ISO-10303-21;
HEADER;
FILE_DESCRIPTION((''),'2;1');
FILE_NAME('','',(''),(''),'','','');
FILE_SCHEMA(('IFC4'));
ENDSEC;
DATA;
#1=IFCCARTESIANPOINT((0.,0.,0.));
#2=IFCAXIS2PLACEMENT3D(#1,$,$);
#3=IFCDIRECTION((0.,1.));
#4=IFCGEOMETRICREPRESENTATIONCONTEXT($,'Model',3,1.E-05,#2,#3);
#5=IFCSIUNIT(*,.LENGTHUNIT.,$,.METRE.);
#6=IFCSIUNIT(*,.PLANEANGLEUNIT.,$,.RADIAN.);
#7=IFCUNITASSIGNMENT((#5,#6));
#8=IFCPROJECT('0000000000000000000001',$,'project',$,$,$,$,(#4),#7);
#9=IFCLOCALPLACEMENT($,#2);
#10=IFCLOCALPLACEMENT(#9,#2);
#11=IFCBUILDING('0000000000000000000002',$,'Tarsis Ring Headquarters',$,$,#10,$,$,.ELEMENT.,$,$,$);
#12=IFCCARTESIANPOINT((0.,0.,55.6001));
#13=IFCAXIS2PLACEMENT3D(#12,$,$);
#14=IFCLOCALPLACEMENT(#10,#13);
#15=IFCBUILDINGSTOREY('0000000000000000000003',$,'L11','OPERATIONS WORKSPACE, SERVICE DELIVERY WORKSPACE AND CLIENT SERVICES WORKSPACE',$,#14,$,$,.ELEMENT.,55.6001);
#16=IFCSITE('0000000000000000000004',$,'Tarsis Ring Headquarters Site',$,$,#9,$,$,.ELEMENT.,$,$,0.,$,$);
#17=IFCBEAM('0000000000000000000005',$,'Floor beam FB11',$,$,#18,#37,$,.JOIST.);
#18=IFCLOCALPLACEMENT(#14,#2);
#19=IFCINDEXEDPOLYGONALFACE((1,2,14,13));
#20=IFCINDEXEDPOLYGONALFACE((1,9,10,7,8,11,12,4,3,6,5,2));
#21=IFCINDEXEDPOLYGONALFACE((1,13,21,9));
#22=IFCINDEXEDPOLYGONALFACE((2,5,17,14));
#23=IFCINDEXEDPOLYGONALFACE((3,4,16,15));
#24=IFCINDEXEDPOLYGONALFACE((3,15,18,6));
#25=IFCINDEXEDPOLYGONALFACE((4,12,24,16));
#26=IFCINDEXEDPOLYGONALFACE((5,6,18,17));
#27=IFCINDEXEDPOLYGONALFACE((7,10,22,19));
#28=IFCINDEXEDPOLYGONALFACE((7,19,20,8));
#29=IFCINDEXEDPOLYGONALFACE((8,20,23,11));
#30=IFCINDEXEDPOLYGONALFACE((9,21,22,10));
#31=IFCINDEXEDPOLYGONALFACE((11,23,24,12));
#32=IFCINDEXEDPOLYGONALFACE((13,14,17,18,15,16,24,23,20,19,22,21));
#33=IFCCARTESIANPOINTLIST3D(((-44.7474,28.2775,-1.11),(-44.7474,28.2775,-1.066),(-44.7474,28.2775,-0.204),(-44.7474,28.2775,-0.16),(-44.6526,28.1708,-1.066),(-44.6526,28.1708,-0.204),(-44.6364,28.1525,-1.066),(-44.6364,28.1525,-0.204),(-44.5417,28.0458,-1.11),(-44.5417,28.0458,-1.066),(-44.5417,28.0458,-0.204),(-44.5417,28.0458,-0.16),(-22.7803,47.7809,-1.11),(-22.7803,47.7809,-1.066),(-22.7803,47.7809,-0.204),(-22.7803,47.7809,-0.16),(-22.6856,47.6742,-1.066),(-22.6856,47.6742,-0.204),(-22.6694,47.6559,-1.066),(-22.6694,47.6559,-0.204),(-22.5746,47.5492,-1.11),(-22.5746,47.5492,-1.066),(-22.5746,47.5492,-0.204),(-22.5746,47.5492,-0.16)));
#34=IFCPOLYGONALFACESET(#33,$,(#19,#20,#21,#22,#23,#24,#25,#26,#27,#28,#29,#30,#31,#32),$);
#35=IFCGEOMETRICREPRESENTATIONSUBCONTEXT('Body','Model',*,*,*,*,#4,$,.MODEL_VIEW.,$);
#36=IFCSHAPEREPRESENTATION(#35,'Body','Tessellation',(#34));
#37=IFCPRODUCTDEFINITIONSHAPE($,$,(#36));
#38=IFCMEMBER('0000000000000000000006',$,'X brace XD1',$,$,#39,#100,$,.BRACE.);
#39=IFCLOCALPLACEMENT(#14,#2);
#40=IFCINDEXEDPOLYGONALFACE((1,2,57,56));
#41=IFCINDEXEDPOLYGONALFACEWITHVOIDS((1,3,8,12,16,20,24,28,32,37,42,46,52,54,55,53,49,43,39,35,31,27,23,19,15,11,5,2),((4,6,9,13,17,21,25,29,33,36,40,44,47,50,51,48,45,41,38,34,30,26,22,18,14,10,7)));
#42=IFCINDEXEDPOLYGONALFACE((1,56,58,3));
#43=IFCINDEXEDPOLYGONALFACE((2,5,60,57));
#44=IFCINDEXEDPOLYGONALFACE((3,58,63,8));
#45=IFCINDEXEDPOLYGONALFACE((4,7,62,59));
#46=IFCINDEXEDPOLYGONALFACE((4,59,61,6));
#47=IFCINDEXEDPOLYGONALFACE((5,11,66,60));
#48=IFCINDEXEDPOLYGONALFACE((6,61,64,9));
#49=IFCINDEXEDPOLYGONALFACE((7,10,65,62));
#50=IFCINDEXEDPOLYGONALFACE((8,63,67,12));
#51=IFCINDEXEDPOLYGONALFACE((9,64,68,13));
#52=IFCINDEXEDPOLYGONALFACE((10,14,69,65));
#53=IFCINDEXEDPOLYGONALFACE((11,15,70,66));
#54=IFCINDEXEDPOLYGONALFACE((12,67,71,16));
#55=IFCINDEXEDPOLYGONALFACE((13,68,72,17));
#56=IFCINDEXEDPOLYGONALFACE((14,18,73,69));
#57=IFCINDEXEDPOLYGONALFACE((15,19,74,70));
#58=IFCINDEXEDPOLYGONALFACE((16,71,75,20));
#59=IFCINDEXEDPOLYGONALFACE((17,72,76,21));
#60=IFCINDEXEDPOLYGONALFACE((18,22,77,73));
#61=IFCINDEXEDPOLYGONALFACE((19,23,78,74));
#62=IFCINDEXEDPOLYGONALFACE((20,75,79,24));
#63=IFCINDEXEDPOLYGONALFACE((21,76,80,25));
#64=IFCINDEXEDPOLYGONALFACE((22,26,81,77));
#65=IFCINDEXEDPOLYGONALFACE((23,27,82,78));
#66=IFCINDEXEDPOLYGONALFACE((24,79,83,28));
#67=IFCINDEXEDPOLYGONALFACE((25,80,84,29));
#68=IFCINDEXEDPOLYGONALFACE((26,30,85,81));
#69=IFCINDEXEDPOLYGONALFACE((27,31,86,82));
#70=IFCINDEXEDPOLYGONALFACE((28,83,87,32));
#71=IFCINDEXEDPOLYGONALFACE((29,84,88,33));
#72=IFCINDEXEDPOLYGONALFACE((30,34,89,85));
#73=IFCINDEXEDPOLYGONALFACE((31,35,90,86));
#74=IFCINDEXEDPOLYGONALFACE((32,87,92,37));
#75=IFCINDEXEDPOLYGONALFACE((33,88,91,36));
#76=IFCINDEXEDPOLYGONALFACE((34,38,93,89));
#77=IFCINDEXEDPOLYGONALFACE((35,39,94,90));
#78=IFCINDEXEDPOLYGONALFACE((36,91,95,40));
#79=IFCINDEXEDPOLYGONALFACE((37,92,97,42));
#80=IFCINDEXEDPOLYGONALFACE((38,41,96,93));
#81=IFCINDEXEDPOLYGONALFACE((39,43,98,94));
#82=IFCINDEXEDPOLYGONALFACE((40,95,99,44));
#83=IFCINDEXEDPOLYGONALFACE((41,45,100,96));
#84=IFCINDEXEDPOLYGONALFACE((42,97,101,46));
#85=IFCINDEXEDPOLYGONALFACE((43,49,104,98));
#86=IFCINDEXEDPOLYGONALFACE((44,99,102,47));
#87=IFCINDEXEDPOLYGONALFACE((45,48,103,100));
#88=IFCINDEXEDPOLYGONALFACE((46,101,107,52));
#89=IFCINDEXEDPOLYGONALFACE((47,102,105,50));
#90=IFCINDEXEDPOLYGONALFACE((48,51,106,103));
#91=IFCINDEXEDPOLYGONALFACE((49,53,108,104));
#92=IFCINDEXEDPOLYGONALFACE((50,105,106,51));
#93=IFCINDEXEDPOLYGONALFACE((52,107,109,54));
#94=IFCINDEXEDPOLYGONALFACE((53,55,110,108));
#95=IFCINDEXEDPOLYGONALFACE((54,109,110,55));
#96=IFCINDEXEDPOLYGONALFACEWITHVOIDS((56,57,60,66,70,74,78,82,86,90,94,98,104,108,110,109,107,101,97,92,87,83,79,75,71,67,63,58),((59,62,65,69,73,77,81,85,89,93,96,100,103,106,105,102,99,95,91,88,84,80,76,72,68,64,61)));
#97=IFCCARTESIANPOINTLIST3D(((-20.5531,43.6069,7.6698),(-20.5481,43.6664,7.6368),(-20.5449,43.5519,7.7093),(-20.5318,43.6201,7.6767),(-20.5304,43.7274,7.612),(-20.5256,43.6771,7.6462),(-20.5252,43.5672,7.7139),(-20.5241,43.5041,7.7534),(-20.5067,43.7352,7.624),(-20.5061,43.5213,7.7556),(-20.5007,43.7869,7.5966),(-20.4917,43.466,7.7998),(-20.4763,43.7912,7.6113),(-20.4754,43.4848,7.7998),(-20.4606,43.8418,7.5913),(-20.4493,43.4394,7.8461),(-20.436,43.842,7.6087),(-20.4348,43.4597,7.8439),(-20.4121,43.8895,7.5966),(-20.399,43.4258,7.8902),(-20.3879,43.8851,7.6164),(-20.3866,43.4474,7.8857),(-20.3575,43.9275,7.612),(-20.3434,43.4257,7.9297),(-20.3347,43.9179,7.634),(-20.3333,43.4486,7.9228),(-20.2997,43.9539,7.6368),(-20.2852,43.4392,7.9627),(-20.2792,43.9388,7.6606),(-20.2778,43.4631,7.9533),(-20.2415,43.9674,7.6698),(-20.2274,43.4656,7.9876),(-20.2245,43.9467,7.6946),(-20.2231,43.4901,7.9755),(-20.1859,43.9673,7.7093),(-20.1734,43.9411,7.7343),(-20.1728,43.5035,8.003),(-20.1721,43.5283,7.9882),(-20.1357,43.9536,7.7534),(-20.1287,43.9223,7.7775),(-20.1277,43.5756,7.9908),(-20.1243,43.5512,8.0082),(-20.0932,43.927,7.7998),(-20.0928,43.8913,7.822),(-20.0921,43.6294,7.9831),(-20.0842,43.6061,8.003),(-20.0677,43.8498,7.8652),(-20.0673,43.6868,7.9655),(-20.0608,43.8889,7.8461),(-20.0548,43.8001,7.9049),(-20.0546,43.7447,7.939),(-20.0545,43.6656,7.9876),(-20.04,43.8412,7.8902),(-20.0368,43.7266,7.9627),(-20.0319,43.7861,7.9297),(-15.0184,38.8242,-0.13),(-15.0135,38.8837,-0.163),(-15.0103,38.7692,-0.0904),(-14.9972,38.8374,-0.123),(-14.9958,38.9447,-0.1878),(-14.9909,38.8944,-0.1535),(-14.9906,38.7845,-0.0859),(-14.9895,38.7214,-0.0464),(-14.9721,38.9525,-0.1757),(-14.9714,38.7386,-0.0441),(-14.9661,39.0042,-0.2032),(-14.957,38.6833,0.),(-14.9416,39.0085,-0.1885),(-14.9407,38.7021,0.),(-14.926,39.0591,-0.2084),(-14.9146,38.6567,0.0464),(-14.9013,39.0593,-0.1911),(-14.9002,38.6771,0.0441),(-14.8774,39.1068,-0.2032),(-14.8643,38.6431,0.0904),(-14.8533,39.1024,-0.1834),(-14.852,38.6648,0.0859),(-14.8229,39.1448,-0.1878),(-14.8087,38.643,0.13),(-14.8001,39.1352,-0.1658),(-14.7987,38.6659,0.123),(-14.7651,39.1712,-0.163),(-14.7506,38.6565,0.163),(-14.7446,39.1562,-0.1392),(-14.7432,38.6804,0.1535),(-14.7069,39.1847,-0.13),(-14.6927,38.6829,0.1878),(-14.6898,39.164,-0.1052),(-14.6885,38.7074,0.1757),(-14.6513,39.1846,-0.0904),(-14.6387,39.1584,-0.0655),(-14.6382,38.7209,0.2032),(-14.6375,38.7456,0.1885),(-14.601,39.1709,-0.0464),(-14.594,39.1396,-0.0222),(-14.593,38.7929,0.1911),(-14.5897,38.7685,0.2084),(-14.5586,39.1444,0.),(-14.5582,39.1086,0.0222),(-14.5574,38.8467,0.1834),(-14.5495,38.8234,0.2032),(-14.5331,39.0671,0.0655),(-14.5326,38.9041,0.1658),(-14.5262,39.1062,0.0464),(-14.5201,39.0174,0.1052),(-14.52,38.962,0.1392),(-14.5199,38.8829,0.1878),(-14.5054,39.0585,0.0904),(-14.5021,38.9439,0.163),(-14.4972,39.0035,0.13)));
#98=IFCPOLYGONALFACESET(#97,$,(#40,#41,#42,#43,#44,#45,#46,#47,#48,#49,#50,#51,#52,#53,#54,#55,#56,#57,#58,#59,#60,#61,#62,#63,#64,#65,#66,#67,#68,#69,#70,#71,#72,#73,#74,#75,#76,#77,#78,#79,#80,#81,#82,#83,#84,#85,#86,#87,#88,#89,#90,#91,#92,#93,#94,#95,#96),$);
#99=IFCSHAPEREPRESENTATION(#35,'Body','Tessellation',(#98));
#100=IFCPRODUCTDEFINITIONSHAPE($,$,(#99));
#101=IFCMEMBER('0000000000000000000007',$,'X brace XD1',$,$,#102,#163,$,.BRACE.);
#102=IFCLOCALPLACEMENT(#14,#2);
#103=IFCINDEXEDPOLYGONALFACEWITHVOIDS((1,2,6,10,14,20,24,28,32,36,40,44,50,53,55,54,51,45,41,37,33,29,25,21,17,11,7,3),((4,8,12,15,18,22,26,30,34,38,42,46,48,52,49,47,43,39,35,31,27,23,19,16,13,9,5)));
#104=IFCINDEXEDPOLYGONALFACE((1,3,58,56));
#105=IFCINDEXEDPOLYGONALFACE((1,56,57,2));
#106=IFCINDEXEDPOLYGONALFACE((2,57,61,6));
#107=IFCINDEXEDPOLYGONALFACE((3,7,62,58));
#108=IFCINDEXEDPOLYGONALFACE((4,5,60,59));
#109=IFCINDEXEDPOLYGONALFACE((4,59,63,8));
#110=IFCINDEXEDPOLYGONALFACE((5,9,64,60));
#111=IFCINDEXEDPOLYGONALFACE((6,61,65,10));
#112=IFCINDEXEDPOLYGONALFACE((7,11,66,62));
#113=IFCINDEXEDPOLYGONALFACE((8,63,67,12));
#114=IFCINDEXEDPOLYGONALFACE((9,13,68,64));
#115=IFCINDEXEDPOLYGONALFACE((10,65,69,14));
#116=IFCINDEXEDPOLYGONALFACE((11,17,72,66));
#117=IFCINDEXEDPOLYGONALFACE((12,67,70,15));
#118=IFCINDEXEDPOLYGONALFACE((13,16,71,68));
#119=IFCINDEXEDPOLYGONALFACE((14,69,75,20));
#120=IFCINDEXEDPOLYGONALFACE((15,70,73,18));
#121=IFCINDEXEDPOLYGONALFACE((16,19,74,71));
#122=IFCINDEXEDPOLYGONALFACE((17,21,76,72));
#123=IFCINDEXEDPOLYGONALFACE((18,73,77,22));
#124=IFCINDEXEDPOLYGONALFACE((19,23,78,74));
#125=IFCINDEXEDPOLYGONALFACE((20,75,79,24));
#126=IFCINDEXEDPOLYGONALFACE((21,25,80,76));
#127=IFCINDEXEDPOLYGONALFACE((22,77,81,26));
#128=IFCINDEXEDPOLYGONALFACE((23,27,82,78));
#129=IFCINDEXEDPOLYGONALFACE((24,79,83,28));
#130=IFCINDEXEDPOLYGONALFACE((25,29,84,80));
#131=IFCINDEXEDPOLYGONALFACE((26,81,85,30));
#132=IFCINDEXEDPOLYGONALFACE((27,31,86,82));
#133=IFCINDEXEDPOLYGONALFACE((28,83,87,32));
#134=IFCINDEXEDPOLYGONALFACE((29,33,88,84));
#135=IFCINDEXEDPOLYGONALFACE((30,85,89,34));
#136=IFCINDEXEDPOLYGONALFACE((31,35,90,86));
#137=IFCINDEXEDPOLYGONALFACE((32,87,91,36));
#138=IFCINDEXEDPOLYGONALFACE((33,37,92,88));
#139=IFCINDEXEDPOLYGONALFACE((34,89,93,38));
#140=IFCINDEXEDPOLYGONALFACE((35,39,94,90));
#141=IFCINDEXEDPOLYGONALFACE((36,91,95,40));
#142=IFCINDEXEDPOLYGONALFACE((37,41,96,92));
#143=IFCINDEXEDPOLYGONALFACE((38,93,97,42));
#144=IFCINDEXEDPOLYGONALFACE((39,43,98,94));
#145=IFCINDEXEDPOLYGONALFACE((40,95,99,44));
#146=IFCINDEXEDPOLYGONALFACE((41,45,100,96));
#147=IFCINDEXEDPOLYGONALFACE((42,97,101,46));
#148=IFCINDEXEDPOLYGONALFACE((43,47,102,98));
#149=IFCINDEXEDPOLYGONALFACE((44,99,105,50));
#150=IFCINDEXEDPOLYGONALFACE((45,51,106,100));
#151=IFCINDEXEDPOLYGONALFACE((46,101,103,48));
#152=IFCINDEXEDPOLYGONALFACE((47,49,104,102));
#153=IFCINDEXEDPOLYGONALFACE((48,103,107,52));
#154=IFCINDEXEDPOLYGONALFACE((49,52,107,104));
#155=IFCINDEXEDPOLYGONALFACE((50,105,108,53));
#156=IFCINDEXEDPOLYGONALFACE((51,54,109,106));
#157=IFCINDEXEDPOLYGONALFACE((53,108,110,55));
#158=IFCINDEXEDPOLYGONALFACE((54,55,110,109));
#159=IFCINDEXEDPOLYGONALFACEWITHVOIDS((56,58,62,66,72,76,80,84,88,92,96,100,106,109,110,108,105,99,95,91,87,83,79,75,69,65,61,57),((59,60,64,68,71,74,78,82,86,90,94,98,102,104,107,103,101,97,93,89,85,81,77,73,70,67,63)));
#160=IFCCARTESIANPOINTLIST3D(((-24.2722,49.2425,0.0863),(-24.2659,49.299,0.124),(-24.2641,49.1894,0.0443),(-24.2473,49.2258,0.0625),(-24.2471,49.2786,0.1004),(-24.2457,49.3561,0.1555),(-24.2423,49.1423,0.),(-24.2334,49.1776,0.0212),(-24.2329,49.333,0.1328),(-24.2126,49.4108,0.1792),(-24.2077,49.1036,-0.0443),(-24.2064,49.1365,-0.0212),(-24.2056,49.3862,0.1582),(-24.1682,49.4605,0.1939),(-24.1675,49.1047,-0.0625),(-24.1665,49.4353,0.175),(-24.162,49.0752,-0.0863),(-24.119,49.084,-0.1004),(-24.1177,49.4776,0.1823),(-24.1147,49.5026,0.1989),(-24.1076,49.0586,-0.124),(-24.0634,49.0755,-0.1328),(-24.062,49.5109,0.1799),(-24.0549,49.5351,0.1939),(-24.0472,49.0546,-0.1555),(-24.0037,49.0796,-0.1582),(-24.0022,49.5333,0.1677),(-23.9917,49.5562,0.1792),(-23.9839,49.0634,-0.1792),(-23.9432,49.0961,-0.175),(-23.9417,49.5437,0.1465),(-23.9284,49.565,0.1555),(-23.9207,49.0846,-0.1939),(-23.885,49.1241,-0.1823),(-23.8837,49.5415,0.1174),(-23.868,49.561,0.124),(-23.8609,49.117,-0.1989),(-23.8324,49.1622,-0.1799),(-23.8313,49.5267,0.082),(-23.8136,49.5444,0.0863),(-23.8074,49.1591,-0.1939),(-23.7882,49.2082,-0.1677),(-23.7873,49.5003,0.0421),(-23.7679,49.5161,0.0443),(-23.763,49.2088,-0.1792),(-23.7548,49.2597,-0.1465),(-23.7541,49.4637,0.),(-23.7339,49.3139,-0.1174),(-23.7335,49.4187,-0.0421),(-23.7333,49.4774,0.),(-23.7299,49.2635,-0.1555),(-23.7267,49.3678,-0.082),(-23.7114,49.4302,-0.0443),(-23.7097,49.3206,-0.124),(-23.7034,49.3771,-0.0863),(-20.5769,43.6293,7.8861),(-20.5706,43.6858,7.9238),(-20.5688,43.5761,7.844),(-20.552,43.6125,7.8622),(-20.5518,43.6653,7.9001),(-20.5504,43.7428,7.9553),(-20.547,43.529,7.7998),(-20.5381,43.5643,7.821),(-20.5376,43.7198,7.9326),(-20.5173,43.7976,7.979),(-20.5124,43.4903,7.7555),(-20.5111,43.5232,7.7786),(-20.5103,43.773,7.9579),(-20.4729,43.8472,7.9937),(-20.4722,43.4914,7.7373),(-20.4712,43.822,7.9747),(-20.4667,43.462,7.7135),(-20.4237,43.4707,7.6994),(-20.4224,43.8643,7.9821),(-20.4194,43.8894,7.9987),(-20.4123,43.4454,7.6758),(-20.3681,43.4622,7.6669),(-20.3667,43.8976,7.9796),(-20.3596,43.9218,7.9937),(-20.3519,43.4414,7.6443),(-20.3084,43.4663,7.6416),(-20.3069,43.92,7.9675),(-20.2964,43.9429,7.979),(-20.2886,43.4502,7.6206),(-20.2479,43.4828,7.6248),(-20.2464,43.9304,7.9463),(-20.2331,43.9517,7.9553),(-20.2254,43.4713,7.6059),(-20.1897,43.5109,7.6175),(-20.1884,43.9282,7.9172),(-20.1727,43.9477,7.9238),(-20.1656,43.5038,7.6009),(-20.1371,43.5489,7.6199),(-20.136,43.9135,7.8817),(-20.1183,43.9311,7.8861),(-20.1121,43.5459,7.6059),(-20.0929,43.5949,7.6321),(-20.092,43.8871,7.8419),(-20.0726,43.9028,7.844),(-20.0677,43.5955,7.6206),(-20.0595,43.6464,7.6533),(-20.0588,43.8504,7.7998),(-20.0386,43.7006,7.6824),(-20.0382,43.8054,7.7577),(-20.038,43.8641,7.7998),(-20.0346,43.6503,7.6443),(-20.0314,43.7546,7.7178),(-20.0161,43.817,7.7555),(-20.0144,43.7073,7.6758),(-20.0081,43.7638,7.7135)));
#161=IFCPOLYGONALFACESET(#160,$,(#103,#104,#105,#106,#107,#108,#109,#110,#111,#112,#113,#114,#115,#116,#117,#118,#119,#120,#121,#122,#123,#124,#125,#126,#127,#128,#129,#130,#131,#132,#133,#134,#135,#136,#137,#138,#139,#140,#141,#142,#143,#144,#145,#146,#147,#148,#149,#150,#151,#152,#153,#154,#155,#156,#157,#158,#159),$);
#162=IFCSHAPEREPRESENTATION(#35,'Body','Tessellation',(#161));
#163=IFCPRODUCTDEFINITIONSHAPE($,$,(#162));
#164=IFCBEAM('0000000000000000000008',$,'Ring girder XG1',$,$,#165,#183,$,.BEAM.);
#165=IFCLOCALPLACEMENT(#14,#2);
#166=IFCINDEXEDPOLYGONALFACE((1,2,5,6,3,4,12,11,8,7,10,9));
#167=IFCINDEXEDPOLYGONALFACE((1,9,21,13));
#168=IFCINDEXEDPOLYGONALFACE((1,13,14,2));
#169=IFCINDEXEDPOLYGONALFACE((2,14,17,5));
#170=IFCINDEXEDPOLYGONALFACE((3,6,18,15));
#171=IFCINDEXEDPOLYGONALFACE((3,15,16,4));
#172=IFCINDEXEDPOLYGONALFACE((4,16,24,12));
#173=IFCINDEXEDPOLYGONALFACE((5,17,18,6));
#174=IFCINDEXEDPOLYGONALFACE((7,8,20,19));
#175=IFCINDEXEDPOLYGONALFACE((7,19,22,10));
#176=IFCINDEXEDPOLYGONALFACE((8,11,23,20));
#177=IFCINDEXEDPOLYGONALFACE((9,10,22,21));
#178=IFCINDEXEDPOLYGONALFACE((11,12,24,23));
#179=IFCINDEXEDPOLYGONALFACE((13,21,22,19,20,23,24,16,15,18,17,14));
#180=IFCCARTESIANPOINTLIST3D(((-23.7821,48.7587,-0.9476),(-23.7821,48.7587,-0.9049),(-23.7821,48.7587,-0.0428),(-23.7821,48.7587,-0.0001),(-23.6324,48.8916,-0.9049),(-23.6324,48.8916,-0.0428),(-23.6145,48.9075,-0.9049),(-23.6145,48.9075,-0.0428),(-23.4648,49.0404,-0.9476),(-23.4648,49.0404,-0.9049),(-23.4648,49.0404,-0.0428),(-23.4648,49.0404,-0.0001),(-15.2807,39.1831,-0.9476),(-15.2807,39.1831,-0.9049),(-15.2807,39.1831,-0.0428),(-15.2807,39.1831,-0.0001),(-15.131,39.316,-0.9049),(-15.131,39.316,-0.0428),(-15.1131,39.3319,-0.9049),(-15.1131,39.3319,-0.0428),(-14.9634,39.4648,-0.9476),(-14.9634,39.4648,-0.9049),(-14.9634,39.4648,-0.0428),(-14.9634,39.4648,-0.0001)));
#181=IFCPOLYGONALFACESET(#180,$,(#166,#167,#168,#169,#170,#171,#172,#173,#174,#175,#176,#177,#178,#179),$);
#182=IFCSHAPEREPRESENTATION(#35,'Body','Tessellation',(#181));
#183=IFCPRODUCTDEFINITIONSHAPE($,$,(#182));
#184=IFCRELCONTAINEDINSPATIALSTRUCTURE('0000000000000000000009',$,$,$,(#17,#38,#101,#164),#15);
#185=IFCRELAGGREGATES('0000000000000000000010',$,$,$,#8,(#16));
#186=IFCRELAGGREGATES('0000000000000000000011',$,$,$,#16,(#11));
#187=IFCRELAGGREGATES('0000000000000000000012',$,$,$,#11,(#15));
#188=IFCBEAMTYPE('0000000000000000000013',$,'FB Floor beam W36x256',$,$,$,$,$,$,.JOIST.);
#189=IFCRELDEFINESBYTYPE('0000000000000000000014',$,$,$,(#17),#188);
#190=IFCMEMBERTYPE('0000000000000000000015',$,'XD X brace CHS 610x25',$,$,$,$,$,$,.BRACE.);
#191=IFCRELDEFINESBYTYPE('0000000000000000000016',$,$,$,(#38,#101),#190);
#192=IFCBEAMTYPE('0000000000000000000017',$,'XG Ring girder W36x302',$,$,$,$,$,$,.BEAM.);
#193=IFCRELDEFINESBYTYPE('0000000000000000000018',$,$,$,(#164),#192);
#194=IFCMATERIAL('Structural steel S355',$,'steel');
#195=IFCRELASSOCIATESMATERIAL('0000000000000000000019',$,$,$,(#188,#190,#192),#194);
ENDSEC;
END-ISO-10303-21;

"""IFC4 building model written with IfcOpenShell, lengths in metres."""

from ifc_helpers import new_model, si_unit, direction, frame, origin, origin_2d, place, context, subcontext, project, spatial, hollow_circle, i_section, extrude, material, material_profile, profile_set, type_object, element, save


model = new_model("IFC4")

# Units and contexts
model_context = context("Model", 3, precision=1e-05, world=origin(), true_north=direction((0.0, 1.0)))
body_context = subcontext(model_context, "Body", "Model", "MODEL_VIEW")
ifc_project = project(units=[si_unit("LENGTHUNIT", "METRE"), si_unit("PLANEANGLEUNIT", "RADIAN")], contexts=[model_context])

# Site, building, storey
site_placement = place(None, origin())
site = spatial("IfcSite", under=ifc_project, at=site_placement, Name="Tarsis Ring Headquarters Site", CompositionType="ELEMENT", RefElevation=0.0)
building_placement = place(site_placement, origin())
building = spatial("IfcBuilding", under=site, at=building_placement, Name="Tarsis Ring Headquarters", CompositionType="ELEMENT")
storey_placement = place(building_placement, frame((0.0, 0.0, 55.6001)))
storey = spatial("IfcBuildingStorey", under=building, at=storey_placement, Name="L11", Description="OPERATIONS WORKSPACE, SERVICE DELIVERY WORKSPACE AND CLIENT SERVICES WORKSPACE", CompositionType="ELEMENT", Elevation=55.6001)

# Beam
ifc_material_1 = material(Name="Structural steel S355", Category="steel")
ifc_material_profile_1 = material_profile(ifc_material_1, i_section(OverallWidth=0.3098, OverallDepth=0.95, WebThickness=0.0244, FlangeThickness=0.0439, at=origin_2d()), Name="W36x256")
ifc_profile_set_1 = profile_set([ifc_material_profile_1], Name="Structural steel S355")
beam_type_1 = type_object("IfcBeamType", Name="FB Floor beam W36x256", PredefinedType="JOIST", material=ifc_profile_set_1)
for number, where, z_axis, x_axis, name in (
    (1, (-22.6775, 47.665, -0.635), (-0.747795, -0.663929, 0.0), (0.663929, -0.747795, 0.0), "Floor beam FB11"),
):
    element("IfcBeam", number, at=place(storey_placement, frame(where, z_axis=z_axis, x_axis=x_axis)), inside=storey, type_object=beam_type_1, Name=name, PredefinedType="JOIST", context=body_context, shape_type="SweptSolid", body=[
        extrude(i_section(OverallWidth=0.3098, OverallDepth=0.95, WebThickness=0.0244, FlangeThickness=0.0439, at=origin_2d()), origin(), (0.0, 0.0, 1.0), 29.3757),
    ])

# Members
ifc_material_profile_2 = material_profile(ifc_material_1, hollow_circle(Radius=0.3047, WallThickness=0.0249, at=origin_2d()), Name="CHS 610x25")
ifc_profile_set_2 = profile_set([ifc_material_profile_2], Name="Structural steel S355")
member_type = type_object("IfcMemberType", Name="XD X brace CHS 610x25", PredefinedType="BRACE", material=ifc_profile_set_2)
member_1_placement = place(storey_placement, frame((-14.7578, 38.9138, 0.0), z_axis=(-0.517589, 0.447268, 0.729419), x_axis=(-0.653837, -0.756635, 0.0)))
element("IfcMember", 2, at=member_1_placement, inside=storey, type_object=member_type, Name="X brace XD1", PredefinedType="BRACE", context=body_context, shape_type="SweptSolid", body=[
    extrude(hollow_circle(Radius=0.3047, WallThickness=0.0249, at=origin_2d()), origin(), (0.0, 0.0, 1.0), 10.6931),
])
member_2_placement = place(storey_placement, frame((-23.9878, 49.3098, 0.0), z_axis=(0.358918, -0.545207, 0.75758), x_axis=(0.835256, 0.549862, 0.0)))
element("IfcMember", 3, at=member_2_placement, inside=storey, type_object=member_type, Name="X brace XD1", PredefinedType="BRACE", context=body_context, shape_type="SweptSolid", body=[
    extrude(hollow_circle(Radius=0.3047, WallThickness=0.0249, at=origin_2d()), origin(), (0.0, 0.0, 1.0), 10.2957),
])

# Beam
ifc_material_profile_3 = material_profile(ifc_material_1, i_section(OverallWidth=0.4243, OverallDepth=0.9475, WebThickness=0.0239, FlangeThickness=0.0427, at=origin_2d()), Name="W36x302")
ifc_profile_set_3 = profile_set([ifc_material_profile_3], Name="Structural steel S355")
beam_type_2 = type_object("IfcBeamType", Name="XG Ring girder W36x302", PredefinedType="BEAM", material=ifc_profile_set_3)
beam_placement = place(storey_placement, frame((-15.1221, 39.324, -0.4739), z_axis=(-0.663916, 0.747807, 0.0), x_axis=(-0.747807, -0.663916, 0.0)))
element("IfcBeam", 4, at=beam_placement, inside=storey, type_object=beam_type_2, Name="Ring girder XG1", PredefinedType="BEAM", context=body_context, shape_type="SweptSolid", body=[
    extrude(i_section(OverallWidth=0.4243, OverallDepth=0.9475, WebThickness=0.0239, FlangeThickness=0.0427, at=origin_2d()), origin(), (0.0, 0.0, 1.0), 12.8049),
])

save(model, "model.ifc")
